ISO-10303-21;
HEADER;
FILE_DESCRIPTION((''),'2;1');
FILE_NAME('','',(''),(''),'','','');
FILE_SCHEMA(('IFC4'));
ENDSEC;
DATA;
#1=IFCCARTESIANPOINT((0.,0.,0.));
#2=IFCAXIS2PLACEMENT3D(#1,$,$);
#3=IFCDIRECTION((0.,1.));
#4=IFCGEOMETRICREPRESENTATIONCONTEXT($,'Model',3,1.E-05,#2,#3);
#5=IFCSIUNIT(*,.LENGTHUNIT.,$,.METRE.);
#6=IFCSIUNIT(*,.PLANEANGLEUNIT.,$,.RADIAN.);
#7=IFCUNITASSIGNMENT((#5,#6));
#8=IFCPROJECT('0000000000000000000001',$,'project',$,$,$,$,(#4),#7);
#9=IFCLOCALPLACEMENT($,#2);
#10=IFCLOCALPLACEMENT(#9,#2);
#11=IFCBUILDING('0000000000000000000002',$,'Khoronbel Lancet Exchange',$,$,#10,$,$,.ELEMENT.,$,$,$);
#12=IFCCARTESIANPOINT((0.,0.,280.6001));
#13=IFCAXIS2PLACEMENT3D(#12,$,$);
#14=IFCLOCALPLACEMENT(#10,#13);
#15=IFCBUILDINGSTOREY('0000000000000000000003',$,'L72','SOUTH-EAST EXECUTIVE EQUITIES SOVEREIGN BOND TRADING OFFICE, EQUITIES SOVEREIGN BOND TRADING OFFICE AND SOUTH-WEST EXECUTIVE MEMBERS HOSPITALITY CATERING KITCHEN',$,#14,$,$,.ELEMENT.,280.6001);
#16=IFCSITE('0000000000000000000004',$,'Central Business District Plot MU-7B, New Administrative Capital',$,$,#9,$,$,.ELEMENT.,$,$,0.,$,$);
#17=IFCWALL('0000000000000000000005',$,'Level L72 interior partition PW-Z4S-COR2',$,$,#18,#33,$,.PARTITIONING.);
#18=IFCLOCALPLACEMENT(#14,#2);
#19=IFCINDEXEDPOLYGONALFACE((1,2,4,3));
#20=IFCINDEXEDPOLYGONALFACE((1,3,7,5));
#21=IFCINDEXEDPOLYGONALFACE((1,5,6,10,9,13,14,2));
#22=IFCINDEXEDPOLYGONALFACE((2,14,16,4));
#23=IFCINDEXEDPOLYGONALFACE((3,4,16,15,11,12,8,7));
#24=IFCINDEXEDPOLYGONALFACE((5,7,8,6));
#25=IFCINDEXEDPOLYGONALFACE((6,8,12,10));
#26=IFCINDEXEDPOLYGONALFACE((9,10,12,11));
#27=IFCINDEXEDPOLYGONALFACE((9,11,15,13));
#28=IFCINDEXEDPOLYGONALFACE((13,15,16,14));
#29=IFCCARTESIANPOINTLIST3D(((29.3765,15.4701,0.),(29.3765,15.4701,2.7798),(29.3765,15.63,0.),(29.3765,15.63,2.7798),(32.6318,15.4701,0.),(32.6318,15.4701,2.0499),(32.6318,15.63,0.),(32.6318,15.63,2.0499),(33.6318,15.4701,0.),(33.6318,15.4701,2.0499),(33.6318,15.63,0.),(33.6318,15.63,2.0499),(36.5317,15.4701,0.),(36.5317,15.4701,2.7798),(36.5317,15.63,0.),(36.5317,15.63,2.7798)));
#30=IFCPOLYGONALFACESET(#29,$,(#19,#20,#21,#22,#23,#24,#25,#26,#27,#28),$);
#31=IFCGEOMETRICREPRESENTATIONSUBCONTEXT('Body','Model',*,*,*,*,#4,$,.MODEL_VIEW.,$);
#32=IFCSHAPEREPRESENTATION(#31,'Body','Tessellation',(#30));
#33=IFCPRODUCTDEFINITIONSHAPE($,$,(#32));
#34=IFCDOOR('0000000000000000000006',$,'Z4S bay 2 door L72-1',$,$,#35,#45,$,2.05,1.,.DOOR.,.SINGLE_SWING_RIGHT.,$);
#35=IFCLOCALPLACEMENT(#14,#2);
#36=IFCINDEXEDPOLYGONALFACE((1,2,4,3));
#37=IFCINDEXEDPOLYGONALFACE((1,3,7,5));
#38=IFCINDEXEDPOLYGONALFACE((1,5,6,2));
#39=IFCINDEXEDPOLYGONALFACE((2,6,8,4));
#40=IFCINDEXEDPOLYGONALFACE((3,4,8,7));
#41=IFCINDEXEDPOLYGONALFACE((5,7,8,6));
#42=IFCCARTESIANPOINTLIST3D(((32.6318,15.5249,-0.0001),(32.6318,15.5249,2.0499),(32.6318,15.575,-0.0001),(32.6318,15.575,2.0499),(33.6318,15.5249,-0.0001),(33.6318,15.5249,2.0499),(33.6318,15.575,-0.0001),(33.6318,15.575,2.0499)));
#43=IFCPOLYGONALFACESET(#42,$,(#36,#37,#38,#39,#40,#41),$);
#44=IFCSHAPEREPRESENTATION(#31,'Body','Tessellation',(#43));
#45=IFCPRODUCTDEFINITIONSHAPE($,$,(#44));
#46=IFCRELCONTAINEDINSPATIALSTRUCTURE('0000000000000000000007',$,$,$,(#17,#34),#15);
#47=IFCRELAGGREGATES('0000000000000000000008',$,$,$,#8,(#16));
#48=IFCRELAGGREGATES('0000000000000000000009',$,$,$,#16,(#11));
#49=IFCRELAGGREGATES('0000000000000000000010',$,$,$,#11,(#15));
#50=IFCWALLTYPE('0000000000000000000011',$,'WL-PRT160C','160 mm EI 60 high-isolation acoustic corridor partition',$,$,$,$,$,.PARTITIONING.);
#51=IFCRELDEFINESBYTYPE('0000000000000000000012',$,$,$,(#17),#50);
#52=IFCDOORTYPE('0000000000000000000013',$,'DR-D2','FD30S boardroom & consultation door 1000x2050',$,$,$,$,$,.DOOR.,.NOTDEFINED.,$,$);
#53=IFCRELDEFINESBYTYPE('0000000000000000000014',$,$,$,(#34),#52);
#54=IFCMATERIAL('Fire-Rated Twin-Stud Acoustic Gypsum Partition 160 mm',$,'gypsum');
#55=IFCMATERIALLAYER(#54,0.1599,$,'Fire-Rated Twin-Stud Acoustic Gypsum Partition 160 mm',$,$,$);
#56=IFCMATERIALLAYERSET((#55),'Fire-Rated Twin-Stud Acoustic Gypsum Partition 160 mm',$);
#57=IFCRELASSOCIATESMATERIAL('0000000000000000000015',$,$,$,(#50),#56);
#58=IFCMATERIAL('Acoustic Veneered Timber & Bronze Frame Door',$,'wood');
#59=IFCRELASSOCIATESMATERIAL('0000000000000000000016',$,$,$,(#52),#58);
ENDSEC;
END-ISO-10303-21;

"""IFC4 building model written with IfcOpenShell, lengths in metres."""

from ifc_helpers import new_model, si_unit, direction, frame, frame_2d, origin, place, context, subcontext, project, spatial, rectangle, extrude, material, layer, layer_set, type_object, element, fill, save


model = new_model("IFC4")

# Units and contexts
model_context = context("Model", 3, precision=1e-05, world=origin(), true_north=direction((0.0, 1.0)))
body_context = subcontext(model_context, "Body", "Model", "MODEL_VIEW")
ifc_project = project(units=[si_unit("LENGTHUNIT", "METRE"), si_unit("PLANEANGLEUNIT", "RADIAN")], contexts=[model_context])

# Site, building, storey
site_placement = place(None, origin())
site = spatial("IfcSite", under=ifc_project, at=site_placement, Name="Central Business District Plot MU-7B, New Administrative Capital", CompositionType="ELEMENT", RefElevation=0.0)
building_placement = place(site_placement, origin())
building = spatial("IfcBuilding", under=site, at=building_placement, Name="Khoronbel Lancet Exchange", CompositionType="ELEMENT")
storey_placement = place(building_placement, frame((0.0, 0.0, 280.6001)))
storey = spatial("IfcBuildingStorey", under=building, at=storey_placement, Name="L72", Description="SOUTH-EAST EXECUTIVE EQUITIES SOVEREIGN BOND TRADING OFFICE, EQUITIES SOVEREIGN BOND TRADING OFFICE AND SOUTH-WEST EXECUTIVE MEMBERS HOSPITALITY CATERING KITCHEN", CompositionType="ELEMENT", Elevation=280.6001)

# Wall, opening, door
ifc_material_1 = material(Name="Fire-Rated Twin-Stud Acoustic Gypsum Partition 160 mm", Category="gypsum")
ifc_layer_1 = layer(ifc_material_1, 0.1599, Name="Fire-Rated Twin-Stud Acoustic Gypsum Partition 160 mm")
ifc_layer_set_1 = layer_set([ifc_layer_1], Name="Fire-Rated Twin-Stud Acoustic Gypsum Partition 160 mm")
wall_type_1 = type_object("IfcWallType", Name="WL-PRT160C", Description="160 mm EI 60 high-isolation acoustic corridor partition", PredefinedType="PARTITIONING", material=ifc_layer_set_1)
ifc_material_2 = material(Name="Acoustic Veneered Timber & Bronze Frame Door", Category="wood")
door_type_1 = type_object("IfcDoorType", Name="DR-D2", Description="FD30S boardroom & consultation door 1000x2050", OperationType="NOTDEFINED", PredefinedType="DOOR", material=ifc_material_2)
wall_1_placement = place(storey_placement, frame((29.3765, 15.55, 0.0), z_axis=(0.0, 0.0, 1.0), x_axis=(1.0, 0.0, 0.0)))
wall_1 = element("IfcWall", 1, at=wall_1_placement, inside=storey, type_object=wall_type_1, Name="Level L72 interior partition PW-Z4S-COR2", PredefinedType="PARTITIONING", context=body_context, shape_type="SweptSolid", body=[
    extrude(rectangle(XDim=7.1553, YDim=0.1599, at=frame_2d((3.5776, 0.0))), origin(), (0.0, 0.0, 1.0), 2.7798),
])
opening_1_placement = place(wall_1_placement, frame((3.2554, 0.0, 0.0)))
opening_1 = element("IfcOpeningElement", 2, at=opening_1_placement, cuts=wall_1, PredefinedType="OPENING", context=body_context, shape_type="SweptSolid", body=[
    extrude(rectangle(XDim=1.0, YDim=2.05, at=frame_2d((0.5, 1.0249))), frame((0.0, 0.0898, 0.0), z_axis=(0.0, -1.0, 0.0), x_axis=(1.0, 0.0, 0.0)), (0.0, 0.0, 1.0), 0.1799),
])
door_1_placement = place(opening_1_placement, origin())
door_1 = element("IfcDoor", 3, at=door_1_placement, inside=storey, type_object=door_type_1, Name="Z4S bay 2 door L72-1", OperationType="SINGLE_SWING_RIGHT", OverallHeight=2.05, OverallWidth=1.0, PredefinedType="DOOR", context=body_context, shape_type="SweptSolid", body=[
    extrude(rectangle(XDim=1.0, YDim=2.05, at=frame_2d((0.5, 1.0249))), frame((0.0, 0.0249, 0.0), z_axis=(0.0, -1.0, 0.0), x_axis=(1.0, 0.0, 0.0)), (0.0, 0.0, 1.0), 0.05),
])
fill(opening_1, door_1)

save(model, "model.ifc")
